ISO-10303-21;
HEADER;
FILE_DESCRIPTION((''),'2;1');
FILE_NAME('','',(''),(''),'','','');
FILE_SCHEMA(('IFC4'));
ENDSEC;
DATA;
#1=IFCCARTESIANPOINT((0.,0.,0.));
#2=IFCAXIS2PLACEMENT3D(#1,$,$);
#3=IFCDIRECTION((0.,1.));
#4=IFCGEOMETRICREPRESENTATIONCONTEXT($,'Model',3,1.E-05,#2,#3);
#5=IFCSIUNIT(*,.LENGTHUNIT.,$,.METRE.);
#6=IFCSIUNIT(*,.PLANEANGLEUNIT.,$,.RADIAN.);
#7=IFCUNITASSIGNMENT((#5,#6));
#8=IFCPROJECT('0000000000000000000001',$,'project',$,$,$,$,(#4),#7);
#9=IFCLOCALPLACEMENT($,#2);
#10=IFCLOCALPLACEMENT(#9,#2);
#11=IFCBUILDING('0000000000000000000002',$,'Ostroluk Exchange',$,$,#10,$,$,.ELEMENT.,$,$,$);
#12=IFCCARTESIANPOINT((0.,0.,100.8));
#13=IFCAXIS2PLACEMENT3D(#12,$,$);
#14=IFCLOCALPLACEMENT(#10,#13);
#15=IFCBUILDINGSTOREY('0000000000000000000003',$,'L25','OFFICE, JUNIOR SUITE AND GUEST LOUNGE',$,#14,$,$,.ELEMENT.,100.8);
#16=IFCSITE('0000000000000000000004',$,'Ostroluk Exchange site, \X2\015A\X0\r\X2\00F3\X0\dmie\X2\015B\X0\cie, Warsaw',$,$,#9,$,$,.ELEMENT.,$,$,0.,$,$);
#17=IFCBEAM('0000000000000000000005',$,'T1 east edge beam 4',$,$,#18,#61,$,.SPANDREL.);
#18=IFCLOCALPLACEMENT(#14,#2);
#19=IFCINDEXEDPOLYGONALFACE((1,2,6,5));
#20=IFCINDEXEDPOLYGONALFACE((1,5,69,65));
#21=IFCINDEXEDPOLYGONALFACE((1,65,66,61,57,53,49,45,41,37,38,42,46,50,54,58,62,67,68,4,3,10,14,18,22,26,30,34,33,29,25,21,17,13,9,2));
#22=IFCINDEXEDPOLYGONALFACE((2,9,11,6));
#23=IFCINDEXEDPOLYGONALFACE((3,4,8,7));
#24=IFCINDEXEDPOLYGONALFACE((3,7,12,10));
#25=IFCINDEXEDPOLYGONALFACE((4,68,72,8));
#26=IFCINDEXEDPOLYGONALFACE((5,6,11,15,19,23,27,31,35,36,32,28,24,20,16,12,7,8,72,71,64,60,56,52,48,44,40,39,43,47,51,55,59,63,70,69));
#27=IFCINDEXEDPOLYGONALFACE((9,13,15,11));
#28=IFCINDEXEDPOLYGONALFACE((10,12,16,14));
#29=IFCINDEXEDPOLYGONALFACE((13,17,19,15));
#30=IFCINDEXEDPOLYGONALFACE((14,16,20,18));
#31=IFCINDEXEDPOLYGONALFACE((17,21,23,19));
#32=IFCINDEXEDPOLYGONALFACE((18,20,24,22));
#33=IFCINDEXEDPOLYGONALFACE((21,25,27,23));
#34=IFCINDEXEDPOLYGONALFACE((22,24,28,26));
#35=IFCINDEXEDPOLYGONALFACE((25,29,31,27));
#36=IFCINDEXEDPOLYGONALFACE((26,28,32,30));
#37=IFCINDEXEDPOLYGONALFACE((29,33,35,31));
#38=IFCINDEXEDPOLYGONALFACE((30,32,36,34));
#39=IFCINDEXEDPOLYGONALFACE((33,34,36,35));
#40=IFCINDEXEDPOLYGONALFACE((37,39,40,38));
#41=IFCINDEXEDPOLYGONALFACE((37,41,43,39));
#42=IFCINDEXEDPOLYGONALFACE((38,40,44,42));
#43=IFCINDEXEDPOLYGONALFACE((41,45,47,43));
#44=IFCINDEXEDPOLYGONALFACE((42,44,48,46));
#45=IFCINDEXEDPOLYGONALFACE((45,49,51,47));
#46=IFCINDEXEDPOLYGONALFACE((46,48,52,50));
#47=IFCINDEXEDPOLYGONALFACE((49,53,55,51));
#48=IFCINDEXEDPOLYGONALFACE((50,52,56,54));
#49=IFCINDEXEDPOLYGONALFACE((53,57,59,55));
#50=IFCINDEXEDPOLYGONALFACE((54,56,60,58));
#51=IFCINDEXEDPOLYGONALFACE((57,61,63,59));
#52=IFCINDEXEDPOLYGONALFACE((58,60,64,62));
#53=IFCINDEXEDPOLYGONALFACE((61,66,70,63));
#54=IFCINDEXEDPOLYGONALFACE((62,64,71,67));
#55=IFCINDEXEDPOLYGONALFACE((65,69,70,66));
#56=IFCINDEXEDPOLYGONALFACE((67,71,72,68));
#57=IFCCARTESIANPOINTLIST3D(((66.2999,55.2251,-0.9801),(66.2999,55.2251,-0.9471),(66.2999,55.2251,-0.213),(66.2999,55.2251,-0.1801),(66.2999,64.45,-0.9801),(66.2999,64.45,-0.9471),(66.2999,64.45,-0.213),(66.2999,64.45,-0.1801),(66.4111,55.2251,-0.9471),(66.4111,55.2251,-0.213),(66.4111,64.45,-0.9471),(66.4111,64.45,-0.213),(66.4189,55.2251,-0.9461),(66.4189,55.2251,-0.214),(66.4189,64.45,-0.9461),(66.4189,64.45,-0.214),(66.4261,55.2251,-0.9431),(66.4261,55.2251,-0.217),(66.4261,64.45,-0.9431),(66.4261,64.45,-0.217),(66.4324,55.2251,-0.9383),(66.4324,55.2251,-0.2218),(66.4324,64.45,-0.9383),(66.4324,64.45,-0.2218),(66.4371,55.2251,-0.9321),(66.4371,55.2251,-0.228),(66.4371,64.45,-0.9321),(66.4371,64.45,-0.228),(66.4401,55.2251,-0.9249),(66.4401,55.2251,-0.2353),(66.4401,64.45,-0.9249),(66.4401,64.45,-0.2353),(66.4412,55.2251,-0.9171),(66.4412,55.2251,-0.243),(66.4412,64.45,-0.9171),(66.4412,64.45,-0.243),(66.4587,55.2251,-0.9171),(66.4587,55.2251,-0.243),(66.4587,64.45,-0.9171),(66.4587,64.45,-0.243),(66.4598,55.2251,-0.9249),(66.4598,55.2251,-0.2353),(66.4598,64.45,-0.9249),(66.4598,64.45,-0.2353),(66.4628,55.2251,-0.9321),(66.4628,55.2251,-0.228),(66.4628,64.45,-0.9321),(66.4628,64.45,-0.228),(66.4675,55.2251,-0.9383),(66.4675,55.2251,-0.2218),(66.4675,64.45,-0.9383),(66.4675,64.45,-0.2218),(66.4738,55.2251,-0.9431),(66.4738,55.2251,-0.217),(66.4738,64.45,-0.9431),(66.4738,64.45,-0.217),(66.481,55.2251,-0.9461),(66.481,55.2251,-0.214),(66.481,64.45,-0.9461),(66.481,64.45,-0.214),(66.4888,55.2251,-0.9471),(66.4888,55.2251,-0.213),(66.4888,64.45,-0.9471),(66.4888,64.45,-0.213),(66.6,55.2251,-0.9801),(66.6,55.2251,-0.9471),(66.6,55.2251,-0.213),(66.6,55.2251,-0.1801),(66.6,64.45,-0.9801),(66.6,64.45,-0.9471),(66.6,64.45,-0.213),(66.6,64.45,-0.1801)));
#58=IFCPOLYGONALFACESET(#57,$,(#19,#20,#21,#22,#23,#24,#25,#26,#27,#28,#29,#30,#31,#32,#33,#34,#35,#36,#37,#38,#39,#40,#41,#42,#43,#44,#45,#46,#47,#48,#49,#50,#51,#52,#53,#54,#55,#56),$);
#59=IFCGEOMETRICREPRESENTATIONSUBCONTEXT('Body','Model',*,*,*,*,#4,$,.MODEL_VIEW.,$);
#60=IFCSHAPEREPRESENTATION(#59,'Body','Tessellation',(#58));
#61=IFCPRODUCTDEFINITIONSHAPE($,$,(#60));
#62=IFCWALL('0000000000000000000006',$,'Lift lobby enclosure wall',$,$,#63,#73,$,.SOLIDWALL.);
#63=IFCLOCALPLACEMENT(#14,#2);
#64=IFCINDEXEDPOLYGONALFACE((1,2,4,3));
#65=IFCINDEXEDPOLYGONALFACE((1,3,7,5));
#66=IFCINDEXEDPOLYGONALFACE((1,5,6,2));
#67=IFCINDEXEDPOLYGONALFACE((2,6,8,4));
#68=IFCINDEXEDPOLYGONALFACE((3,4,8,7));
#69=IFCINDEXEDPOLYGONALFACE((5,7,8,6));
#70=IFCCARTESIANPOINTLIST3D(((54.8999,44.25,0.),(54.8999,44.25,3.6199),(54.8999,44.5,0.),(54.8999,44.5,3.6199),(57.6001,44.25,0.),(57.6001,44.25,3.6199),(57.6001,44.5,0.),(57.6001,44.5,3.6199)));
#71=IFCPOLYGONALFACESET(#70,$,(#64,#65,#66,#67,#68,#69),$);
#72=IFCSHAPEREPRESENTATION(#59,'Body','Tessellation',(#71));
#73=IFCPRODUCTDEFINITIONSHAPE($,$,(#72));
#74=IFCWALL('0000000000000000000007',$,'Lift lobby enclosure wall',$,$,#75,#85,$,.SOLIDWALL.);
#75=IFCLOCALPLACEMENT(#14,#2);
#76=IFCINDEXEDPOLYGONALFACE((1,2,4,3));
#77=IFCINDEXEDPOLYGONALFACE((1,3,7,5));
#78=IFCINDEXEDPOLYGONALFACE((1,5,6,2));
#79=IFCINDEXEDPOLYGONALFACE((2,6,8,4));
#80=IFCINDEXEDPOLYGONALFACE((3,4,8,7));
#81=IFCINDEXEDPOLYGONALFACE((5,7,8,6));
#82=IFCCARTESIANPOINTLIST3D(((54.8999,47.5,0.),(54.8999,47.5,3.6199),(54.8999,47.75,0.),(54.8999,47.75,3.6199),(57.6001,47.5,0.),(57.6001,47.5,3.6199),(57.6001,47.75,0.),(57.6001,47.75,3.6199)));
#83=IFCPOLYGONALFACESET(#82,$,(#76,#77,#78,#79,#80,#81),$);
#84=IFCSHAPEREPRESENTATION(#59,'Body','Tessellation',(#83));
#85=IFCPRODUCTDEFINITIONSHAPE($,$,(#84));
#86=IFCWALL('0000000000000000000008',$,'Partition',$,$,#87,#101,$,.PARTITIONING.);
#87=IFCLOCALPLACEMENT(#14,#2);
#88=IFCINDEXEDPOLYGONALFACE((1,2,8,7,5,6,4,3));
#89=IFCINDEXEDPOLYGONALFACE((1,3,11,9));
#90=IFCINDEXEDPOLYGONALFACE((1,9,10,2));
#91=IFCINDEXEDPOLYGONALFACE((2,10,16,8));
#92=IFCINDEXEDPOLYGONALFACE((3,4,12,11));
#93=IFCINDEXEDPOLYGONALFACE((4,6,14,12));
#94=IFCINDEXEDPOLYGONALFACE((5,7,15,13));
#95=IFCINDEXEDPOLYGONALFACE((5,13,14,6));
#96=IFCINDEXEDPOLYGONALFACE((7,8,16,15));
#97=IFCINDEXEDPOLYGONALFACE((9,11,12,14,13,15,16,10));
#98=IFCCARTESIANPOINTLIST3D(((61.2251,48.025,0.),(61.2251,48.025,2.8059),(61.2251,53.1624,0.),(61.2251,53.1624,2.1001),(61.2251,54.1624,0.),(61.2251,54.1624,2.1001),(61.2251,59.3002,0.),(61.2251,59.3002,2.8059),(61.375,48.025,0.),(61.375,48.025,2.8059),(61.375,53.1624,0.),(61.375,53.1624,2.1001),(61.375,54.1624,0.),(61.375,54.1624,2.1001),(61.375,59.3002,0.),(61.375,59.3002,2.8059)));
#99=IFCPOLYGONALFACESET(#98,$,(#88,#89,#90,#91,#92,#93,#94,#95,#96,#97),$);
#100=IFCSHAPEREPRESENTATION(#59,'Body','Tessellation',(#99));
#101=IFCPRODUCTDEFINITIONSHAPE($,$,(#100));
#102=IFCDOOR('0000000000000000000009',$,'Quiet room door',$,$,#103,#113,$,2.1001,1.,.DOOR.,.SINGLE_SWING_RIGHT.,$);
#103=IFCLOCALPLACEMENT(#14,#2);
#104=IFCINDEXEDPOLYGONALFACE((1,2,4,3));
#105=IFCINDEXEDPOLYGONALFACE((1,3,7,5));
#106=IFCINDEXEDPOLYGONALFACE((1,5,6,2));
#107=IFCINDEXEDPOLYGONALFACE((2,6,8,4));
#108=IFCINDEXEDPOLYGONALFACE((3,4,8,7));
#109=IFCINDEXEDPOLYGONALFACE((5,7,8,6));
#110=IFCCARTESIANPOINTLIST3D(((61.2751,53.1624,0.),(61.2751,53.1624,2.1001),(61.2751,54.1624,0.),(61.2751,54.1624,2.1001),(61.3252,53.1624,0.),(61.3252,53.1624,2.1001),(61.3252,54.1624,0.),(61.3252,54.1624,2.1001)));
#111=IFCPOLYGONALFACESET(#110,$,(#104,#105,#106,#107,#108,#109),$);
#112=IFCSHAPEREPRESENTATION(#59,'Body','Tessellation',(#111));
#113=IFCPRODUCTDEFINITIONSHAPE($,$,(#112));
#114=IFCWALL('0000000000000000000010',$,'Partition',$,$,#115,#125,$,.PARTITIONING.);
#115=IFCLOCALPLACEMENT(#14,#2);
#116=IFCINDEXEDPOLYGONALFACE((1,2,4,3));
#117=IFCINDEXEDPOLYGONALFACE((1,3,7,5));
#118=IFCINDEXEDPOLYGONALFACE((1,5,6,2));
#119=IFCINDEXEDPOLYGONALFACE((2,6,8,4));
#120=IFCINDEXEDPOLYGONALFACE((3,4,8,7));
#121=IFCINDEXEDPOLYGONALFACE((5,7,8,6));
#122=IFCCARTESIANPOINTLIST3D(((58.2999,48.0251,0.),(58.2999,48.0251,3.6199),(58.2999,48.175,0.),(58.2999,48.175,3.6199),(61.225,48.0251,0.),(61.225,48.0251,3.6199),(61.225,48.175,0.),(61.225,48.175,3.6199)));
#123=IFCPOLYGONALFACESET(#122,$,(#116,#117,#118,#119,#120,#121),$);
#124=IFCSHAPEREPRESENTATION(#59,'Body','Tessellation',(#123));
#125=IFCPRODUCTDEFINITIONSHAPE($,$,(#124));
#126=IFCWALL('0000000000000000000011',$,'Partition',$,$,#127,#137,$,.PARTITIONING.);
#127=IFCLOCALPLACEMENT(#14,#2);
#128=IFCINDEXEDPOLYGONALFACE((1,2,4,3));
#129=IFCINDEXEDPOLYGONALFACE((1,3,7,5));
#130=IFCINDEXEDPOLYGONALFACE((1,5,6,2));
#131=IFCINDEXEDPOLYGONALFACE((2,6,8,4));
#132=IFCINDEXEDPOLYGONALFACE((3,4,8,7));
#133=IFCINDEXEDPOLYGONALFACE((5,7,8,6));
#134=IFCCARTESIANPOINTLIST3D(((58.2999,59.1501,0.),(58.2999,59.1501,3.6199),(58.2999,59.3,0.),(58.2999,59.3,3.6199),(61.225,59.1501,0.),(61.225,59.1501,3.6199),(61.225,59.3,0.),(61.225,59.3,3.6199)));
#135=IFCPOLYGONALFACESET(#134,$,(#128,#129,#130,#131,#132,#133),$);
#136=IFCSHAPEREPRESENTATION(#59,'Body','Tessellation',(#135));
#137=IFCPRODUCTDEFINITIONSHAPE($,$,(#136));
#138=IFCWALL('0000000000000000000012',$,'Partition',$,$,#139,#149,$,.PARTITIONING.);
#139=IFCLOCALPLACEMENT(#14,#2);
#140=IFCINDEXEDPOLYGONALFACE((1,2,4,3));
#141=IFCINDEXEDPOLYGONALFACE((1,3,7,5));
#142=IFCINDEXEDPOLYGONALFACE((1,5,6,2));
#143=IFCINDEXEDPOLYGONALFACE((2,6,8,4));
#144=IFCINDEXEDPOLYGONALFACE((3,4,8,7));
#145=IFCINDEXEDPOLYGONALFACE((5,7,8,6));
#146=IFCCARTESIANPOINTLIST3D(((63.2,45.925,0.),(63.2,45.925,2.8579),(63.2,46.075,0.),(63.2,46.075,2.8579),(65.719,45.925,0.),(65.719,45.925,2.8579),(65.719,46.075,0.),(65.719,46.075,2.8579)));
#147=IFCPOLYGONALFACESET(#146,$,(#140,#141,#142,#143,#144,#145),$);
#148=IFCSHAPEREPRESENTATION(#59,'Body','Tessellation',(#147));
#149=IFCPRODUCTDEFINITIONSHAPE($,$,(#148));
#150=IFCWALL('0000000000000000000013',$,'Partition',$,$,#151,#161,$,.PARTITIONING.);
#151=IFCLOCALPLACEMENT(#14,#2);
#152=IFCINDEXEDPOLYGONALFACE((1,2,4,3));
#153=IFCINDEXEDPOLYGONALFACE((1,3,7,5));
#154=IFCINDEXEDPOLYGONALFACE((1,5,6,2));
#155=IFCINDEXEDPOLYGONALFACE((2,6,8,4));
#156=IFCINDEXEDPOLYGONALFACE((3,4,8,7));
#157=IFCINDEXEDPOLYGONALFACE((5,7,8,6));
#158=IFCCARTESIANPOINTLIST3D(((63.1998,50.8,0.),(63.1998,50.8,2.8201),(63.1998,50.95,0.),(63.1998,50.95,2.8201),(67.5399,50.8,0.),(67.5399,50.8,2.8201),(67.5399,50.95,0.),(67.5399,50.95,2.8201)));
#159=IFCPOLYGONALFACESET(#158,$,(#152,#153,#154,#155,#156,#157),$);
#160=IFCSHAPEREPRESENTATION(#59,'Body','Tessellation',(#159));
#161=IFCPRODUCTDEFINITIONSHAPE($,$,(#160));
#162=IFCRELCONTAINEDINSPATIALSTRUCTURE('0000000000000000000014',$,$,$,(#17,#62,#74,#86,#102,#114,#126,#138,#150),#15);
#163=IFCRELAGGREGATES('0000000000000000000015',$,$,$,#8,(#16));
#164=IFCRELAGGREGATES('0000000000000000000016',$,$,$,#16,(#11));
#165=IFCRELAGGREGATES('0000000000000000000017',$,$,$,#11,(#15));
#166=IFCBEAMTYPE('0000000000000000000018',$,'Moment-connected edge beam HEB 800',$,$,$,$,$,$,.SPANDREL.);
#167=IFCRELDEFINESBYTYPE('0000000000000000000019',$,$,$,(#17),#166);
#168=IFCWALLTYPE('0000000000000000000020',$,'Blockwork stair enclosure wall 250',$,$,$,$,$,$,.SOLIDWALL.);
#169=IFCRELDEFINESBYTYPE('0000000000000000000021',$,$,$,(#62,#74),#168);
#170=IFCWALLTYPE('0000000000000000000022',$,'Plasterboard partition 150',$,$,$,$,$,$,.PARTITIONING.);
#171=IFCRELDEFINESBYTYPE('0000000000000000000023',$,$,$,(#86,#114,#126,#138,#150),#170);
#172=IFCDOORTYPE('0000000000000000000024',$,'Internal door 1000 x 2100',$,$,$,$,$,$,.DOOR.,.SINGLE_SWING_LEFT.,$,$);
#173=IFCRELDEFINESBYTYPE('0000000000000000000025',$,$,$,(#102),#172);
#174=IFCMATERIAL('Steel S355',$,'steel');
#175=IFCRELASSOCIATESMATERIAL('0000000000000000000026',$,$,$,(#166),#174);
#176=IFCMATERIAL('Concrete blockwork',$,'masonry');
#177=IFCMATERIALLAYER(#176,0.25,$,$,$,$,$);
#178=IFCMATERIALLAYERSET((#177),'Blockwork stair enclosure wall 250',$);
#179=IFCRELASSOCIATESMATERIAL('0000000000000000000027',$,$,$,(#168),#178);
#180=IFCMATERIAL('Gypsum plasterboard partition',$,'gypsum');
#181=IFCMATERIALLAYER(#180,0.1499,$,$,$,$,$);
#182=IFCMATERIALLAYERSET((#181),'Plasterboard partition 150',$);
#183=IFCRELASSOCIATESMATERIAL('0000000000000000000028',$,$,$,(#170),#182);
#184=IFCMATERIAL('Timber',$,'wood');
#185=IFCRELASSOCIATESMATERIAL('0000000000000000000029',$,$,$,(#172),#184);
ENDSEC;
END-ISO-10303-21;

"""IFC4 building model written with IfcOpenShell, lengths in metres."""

from ifc_helpers import new_model, si_unit, direction, frame, frame_2d, origin, origin_2d, place, context, subcontext, project, spatial, rectangle, i_section, extrude, material, layer, layer_set, material_profile, profile_set, type_object, element, fill, save


model = new_model("IFC4")

# Units and contexts
model_context = context("Model", 3, precision=1e-05, world=origin(), true_north=direction((0.0, 1.0)))
body_context = subcontext(model_context, "Body", "Model", "MODEL_VIEW")
ifc_project = project(units=[si_unit("LENGTHUNIT", "METRE"), si_unit("PLANEANGLEUNIT", "RADIAN")], contexts=[model_context])

# Site, building, storey
site_placement = place(None, origin())
site = spatial("IfcSite", under=ifc_project, at=site_placement, Name="Ostroluk Exchange site, Śródmieście, Warsaw", CompositionType="ELEMENT", RefElevation=0.0)
building_placement = place(site_placement, origin())
building = spatial("IfcBuilding", under=site, at=building_placement, Name="Ostroluk Exchange", CompositionType="ELEMENT")
storey_placement = place(building_placement, frame((0.0, 0.0, 100.8)))
storey = spatial("IfcBuildingStorey", under=building, at=storey_placement, Name="L25", Description="OFFICE, JUNIOR SUITE AND GUEST LOUNGE", CompositionType="ELEMENT", Elevation=100.8)

# Beam
ifc_material_1 = material(Name="Steel S355", Category="steel")
ifc_material_profile_1 = material_profile(ifc_material_1, i_section(OverallWidth=0.3, OverallDepth=0.8, WebThickness=0.0176, FlangeThickness=0.033, FilletRadius=0.03, at=origin_2d()), Name="HEB 800")
ifc_profile_set_1 = profile_set([ifc_material_profile_1], Name="Steel S355")
beam_type_1 = type_object("IfcBeamType", Name="Moment-connected edge beam HEB 800", PredefinedType="SPANDREL", material=ifc_profile_set_1)
beam_1_placement = place(storey_placement, frame((66.45, 55.2251, -0.5801), z_axis=(0.0, 1.0, 0.0), x_axis=(-1.0, 0.0, 0.0)))
element("IfcBeam", 1, at=beam_1_placement, inside=storey, type_object=beam_type_1, Name="T1 east edge beam 4", PredefinedType="SPANDREL", context=body_context, shape_type="SweptSolid", body=[
    extrude(i_section(OverallWidth=0.3, OverallDepth=0.8, WebThickness=0.0176, FlangeThickness=0.033, FilletRadius=0.03, at=origin_2d()), origin(), (0.0, 0.0, 1.0), 9.2249),
])

# Walls
ifc_material_2 = material(Name="Concrete blockwork", Category="masonry")
ifc_layer_1 = layer(ifc_material_2, 0.25)
ifc_layer_set_1 = layer_set([ifc_layer_1], Name="Blockwork stair enclosure wall 250")
wall_type_1 = type_object("IfcWallType", Name="Blockwork stair enclosure wall 250", PredefinedType="SOLIDWALL", material=ifc_layer_set_1)
for number, where, z_axis, x_axis, name in (
    (2, (54.8999, 44.375, 0.0), (0.0, 0.0, 1.0), (1.0, 0.0, 0.0), "Lift lobby enclosure wall"),
    (3, (54.8999, 47.625, 0.0), (0.0, 0.0, 1.0), (1.0, 0.0, 0.0), "Lift lobby enclosure wall"),
):
    element("IfcWall", number, at=place(storey_placement, frame(where, z_axis=z_axis, x_axis=x_axis)), inside=storey, type_object=wall_type_1, Name=name, PredefinedType="SOLIDWALL", context=body_context, shape_type="SweptSolid", body=[
        extrude(rectangle(XDim=2.7002, YDim=0.25, at=frame_2d((1.3501, 0.0))), origin(), (0.0, 0.0, 1.0), 3.6199),
    ])

# Wall, opening, door
ifc_material_3 = material(Name="Gypsum plasterboard partition", Category="gypsum")
ifc_layer_2 = layer(ifc_material_3, 0.1499)
ifc_layer_set_2 = layer_set([ifc_layer_2], Name="Plasterboard partition 150")
wall_type_2 = type_object("IfcWallType", Name="Plasterboard partition 150", PredefinedType="PARTITIONING", material=ifc_layer_set_2)
wall_1_placement = place(storey_placement, frame((61.3, 48.0249, 0.0), z_axis=(0.0, 0.0, 1.0), x_axis=(0.0, 1.0, 0.0)))
wall_1 = element("IfcWall", 4, at=wall_1_placement, inside=storey, type_object=wall_type_2, Name="Partition", PredefinedType="PARTITIONING", context=body_context, shape_type="SweptSolid", body=[
    extrude(rectangle(XDim=11.2751, YDim=0.1499, at=frame_2d((5.6377, 0.0))), origin(), (0.0, 0.0, 1.0), 2.8059),
])
opening_placement = place(wall_1_placement, frame((5.1375, 0.0, 0.0)))
opening = element("IfcOpeningElement", 5, at=opening_placement, cuts=wall_1, PredefinedType="OPENING", context=body_context, shape_type="SweptSolid", body=[
    extrude(rectangle(XDim=1.0, YDim=2.1001, at=frame_2d((0.5, 1.05))), frame((0.0, 0.085, 0.0), z_axis=(0.0, -1.0, 0.0), x_axis=(1.0, 0.0, 0.0)), (0.0, 0.0, 1.0), 0.1699),
])
ifc_material_4 = material(Name="Timber", Category="wood")
door_type = type_object("IfcDoorType", Name="Internal door 1000 x 2100", OperationType="SINGLE_SWING_LEFT", PredefinedType="DOOR", material=ifc_material_4)
door_placement = place(opening_placement, origin())
door = element("IfcDoor", 6, at=door_placement, inside=storey, type_object=door_type, Name="Quiet room door", OperationType="SINGLE_SWING_RIGHT", OverallHeight=2.1001, OverallWidth=1.0, PredefinedType="DOOR", context=body_context, shape_type="SweptSolid", body=[
    extrude(rectangle(XDim=1.0, YDim=2.1001, at=frame_2d((0.5, 1.05))), frame((0.0, 0.0249, 0.0), z_axis=(0.0, -1.0, 0.0), x_axis=(1.0, 0.0, 0.0)), (0.0, 0.0, 1.0), 0.05),
])
fill(opening, door)

# Walls
for number, where, z_axis, x_axis, name in (
    (7, (58.3, 48.1001, 0.0), (0.0, 0.0, 1.0), (1.0, 0.0, 0.0), "Partition"),
    (8, (58.3, 59.2251, 0.0), (0.0, 0.0, 1.0), (1.0, 0.0, 0.0), "Partition"),
):
    element("IfcWall", number, at=place(storey_placement, frame(where, z_axis=z_axis, x_axis=x_axis)), inside=storey, type_object=wall_type_2, Name=name, PredefinedType="PARTITIONING", context=body_context, shape_type="SweptSolid", body=[
        extrude(rectangle(XDim=2.925, YDim=0.1499, at=frame_2d((1.4624, 0.0))), origin(), (0.0, 0.0, 1.0), 3.6199),
    ])
wall_2_placement = place(storey_placement, frame((63.2, 46.0, 0.0), z_axis=(0.0, 0.0, 1.0), x_axis=(1.0, 0.0, 0.0)))
element("IfcWall", 9, at=wall_2_placement, inside=storey, type_object=wall_type_2, Name="Partition", PredefinedType="PARTITIONING", context=body_context, shape_type="SweptSolid", body=[
    extrude(rectangle(XDim=2.519, YDim=0.1499, at=frame_2d((1.2595, 0.0))), origin(), (0.0, 0.0, 1.0), 2.8579),
])
wall_3_placement = place(storey_placement, frame((63.2, 50.875, 0.0), z_axis=(0.0, 0.0, 1.0), x_axis=(1.0, 0.0, 0.0)))
element("IfcWall", 10, at=wall_3_placement, inside=storey, type_object=wall_type_2, Name="Partition", PredefinedType="PARTITIONING", context=body_context, shape_type="SweptSolid", body=[
    extrude(rectangle(XDim=4.3401, YDim=0.1499, at=frame_2d((2.1699, 0.0))), origin(), (0.0, 0.0, 1.0), 2.8201),
])

save(model, "model.ifc")
